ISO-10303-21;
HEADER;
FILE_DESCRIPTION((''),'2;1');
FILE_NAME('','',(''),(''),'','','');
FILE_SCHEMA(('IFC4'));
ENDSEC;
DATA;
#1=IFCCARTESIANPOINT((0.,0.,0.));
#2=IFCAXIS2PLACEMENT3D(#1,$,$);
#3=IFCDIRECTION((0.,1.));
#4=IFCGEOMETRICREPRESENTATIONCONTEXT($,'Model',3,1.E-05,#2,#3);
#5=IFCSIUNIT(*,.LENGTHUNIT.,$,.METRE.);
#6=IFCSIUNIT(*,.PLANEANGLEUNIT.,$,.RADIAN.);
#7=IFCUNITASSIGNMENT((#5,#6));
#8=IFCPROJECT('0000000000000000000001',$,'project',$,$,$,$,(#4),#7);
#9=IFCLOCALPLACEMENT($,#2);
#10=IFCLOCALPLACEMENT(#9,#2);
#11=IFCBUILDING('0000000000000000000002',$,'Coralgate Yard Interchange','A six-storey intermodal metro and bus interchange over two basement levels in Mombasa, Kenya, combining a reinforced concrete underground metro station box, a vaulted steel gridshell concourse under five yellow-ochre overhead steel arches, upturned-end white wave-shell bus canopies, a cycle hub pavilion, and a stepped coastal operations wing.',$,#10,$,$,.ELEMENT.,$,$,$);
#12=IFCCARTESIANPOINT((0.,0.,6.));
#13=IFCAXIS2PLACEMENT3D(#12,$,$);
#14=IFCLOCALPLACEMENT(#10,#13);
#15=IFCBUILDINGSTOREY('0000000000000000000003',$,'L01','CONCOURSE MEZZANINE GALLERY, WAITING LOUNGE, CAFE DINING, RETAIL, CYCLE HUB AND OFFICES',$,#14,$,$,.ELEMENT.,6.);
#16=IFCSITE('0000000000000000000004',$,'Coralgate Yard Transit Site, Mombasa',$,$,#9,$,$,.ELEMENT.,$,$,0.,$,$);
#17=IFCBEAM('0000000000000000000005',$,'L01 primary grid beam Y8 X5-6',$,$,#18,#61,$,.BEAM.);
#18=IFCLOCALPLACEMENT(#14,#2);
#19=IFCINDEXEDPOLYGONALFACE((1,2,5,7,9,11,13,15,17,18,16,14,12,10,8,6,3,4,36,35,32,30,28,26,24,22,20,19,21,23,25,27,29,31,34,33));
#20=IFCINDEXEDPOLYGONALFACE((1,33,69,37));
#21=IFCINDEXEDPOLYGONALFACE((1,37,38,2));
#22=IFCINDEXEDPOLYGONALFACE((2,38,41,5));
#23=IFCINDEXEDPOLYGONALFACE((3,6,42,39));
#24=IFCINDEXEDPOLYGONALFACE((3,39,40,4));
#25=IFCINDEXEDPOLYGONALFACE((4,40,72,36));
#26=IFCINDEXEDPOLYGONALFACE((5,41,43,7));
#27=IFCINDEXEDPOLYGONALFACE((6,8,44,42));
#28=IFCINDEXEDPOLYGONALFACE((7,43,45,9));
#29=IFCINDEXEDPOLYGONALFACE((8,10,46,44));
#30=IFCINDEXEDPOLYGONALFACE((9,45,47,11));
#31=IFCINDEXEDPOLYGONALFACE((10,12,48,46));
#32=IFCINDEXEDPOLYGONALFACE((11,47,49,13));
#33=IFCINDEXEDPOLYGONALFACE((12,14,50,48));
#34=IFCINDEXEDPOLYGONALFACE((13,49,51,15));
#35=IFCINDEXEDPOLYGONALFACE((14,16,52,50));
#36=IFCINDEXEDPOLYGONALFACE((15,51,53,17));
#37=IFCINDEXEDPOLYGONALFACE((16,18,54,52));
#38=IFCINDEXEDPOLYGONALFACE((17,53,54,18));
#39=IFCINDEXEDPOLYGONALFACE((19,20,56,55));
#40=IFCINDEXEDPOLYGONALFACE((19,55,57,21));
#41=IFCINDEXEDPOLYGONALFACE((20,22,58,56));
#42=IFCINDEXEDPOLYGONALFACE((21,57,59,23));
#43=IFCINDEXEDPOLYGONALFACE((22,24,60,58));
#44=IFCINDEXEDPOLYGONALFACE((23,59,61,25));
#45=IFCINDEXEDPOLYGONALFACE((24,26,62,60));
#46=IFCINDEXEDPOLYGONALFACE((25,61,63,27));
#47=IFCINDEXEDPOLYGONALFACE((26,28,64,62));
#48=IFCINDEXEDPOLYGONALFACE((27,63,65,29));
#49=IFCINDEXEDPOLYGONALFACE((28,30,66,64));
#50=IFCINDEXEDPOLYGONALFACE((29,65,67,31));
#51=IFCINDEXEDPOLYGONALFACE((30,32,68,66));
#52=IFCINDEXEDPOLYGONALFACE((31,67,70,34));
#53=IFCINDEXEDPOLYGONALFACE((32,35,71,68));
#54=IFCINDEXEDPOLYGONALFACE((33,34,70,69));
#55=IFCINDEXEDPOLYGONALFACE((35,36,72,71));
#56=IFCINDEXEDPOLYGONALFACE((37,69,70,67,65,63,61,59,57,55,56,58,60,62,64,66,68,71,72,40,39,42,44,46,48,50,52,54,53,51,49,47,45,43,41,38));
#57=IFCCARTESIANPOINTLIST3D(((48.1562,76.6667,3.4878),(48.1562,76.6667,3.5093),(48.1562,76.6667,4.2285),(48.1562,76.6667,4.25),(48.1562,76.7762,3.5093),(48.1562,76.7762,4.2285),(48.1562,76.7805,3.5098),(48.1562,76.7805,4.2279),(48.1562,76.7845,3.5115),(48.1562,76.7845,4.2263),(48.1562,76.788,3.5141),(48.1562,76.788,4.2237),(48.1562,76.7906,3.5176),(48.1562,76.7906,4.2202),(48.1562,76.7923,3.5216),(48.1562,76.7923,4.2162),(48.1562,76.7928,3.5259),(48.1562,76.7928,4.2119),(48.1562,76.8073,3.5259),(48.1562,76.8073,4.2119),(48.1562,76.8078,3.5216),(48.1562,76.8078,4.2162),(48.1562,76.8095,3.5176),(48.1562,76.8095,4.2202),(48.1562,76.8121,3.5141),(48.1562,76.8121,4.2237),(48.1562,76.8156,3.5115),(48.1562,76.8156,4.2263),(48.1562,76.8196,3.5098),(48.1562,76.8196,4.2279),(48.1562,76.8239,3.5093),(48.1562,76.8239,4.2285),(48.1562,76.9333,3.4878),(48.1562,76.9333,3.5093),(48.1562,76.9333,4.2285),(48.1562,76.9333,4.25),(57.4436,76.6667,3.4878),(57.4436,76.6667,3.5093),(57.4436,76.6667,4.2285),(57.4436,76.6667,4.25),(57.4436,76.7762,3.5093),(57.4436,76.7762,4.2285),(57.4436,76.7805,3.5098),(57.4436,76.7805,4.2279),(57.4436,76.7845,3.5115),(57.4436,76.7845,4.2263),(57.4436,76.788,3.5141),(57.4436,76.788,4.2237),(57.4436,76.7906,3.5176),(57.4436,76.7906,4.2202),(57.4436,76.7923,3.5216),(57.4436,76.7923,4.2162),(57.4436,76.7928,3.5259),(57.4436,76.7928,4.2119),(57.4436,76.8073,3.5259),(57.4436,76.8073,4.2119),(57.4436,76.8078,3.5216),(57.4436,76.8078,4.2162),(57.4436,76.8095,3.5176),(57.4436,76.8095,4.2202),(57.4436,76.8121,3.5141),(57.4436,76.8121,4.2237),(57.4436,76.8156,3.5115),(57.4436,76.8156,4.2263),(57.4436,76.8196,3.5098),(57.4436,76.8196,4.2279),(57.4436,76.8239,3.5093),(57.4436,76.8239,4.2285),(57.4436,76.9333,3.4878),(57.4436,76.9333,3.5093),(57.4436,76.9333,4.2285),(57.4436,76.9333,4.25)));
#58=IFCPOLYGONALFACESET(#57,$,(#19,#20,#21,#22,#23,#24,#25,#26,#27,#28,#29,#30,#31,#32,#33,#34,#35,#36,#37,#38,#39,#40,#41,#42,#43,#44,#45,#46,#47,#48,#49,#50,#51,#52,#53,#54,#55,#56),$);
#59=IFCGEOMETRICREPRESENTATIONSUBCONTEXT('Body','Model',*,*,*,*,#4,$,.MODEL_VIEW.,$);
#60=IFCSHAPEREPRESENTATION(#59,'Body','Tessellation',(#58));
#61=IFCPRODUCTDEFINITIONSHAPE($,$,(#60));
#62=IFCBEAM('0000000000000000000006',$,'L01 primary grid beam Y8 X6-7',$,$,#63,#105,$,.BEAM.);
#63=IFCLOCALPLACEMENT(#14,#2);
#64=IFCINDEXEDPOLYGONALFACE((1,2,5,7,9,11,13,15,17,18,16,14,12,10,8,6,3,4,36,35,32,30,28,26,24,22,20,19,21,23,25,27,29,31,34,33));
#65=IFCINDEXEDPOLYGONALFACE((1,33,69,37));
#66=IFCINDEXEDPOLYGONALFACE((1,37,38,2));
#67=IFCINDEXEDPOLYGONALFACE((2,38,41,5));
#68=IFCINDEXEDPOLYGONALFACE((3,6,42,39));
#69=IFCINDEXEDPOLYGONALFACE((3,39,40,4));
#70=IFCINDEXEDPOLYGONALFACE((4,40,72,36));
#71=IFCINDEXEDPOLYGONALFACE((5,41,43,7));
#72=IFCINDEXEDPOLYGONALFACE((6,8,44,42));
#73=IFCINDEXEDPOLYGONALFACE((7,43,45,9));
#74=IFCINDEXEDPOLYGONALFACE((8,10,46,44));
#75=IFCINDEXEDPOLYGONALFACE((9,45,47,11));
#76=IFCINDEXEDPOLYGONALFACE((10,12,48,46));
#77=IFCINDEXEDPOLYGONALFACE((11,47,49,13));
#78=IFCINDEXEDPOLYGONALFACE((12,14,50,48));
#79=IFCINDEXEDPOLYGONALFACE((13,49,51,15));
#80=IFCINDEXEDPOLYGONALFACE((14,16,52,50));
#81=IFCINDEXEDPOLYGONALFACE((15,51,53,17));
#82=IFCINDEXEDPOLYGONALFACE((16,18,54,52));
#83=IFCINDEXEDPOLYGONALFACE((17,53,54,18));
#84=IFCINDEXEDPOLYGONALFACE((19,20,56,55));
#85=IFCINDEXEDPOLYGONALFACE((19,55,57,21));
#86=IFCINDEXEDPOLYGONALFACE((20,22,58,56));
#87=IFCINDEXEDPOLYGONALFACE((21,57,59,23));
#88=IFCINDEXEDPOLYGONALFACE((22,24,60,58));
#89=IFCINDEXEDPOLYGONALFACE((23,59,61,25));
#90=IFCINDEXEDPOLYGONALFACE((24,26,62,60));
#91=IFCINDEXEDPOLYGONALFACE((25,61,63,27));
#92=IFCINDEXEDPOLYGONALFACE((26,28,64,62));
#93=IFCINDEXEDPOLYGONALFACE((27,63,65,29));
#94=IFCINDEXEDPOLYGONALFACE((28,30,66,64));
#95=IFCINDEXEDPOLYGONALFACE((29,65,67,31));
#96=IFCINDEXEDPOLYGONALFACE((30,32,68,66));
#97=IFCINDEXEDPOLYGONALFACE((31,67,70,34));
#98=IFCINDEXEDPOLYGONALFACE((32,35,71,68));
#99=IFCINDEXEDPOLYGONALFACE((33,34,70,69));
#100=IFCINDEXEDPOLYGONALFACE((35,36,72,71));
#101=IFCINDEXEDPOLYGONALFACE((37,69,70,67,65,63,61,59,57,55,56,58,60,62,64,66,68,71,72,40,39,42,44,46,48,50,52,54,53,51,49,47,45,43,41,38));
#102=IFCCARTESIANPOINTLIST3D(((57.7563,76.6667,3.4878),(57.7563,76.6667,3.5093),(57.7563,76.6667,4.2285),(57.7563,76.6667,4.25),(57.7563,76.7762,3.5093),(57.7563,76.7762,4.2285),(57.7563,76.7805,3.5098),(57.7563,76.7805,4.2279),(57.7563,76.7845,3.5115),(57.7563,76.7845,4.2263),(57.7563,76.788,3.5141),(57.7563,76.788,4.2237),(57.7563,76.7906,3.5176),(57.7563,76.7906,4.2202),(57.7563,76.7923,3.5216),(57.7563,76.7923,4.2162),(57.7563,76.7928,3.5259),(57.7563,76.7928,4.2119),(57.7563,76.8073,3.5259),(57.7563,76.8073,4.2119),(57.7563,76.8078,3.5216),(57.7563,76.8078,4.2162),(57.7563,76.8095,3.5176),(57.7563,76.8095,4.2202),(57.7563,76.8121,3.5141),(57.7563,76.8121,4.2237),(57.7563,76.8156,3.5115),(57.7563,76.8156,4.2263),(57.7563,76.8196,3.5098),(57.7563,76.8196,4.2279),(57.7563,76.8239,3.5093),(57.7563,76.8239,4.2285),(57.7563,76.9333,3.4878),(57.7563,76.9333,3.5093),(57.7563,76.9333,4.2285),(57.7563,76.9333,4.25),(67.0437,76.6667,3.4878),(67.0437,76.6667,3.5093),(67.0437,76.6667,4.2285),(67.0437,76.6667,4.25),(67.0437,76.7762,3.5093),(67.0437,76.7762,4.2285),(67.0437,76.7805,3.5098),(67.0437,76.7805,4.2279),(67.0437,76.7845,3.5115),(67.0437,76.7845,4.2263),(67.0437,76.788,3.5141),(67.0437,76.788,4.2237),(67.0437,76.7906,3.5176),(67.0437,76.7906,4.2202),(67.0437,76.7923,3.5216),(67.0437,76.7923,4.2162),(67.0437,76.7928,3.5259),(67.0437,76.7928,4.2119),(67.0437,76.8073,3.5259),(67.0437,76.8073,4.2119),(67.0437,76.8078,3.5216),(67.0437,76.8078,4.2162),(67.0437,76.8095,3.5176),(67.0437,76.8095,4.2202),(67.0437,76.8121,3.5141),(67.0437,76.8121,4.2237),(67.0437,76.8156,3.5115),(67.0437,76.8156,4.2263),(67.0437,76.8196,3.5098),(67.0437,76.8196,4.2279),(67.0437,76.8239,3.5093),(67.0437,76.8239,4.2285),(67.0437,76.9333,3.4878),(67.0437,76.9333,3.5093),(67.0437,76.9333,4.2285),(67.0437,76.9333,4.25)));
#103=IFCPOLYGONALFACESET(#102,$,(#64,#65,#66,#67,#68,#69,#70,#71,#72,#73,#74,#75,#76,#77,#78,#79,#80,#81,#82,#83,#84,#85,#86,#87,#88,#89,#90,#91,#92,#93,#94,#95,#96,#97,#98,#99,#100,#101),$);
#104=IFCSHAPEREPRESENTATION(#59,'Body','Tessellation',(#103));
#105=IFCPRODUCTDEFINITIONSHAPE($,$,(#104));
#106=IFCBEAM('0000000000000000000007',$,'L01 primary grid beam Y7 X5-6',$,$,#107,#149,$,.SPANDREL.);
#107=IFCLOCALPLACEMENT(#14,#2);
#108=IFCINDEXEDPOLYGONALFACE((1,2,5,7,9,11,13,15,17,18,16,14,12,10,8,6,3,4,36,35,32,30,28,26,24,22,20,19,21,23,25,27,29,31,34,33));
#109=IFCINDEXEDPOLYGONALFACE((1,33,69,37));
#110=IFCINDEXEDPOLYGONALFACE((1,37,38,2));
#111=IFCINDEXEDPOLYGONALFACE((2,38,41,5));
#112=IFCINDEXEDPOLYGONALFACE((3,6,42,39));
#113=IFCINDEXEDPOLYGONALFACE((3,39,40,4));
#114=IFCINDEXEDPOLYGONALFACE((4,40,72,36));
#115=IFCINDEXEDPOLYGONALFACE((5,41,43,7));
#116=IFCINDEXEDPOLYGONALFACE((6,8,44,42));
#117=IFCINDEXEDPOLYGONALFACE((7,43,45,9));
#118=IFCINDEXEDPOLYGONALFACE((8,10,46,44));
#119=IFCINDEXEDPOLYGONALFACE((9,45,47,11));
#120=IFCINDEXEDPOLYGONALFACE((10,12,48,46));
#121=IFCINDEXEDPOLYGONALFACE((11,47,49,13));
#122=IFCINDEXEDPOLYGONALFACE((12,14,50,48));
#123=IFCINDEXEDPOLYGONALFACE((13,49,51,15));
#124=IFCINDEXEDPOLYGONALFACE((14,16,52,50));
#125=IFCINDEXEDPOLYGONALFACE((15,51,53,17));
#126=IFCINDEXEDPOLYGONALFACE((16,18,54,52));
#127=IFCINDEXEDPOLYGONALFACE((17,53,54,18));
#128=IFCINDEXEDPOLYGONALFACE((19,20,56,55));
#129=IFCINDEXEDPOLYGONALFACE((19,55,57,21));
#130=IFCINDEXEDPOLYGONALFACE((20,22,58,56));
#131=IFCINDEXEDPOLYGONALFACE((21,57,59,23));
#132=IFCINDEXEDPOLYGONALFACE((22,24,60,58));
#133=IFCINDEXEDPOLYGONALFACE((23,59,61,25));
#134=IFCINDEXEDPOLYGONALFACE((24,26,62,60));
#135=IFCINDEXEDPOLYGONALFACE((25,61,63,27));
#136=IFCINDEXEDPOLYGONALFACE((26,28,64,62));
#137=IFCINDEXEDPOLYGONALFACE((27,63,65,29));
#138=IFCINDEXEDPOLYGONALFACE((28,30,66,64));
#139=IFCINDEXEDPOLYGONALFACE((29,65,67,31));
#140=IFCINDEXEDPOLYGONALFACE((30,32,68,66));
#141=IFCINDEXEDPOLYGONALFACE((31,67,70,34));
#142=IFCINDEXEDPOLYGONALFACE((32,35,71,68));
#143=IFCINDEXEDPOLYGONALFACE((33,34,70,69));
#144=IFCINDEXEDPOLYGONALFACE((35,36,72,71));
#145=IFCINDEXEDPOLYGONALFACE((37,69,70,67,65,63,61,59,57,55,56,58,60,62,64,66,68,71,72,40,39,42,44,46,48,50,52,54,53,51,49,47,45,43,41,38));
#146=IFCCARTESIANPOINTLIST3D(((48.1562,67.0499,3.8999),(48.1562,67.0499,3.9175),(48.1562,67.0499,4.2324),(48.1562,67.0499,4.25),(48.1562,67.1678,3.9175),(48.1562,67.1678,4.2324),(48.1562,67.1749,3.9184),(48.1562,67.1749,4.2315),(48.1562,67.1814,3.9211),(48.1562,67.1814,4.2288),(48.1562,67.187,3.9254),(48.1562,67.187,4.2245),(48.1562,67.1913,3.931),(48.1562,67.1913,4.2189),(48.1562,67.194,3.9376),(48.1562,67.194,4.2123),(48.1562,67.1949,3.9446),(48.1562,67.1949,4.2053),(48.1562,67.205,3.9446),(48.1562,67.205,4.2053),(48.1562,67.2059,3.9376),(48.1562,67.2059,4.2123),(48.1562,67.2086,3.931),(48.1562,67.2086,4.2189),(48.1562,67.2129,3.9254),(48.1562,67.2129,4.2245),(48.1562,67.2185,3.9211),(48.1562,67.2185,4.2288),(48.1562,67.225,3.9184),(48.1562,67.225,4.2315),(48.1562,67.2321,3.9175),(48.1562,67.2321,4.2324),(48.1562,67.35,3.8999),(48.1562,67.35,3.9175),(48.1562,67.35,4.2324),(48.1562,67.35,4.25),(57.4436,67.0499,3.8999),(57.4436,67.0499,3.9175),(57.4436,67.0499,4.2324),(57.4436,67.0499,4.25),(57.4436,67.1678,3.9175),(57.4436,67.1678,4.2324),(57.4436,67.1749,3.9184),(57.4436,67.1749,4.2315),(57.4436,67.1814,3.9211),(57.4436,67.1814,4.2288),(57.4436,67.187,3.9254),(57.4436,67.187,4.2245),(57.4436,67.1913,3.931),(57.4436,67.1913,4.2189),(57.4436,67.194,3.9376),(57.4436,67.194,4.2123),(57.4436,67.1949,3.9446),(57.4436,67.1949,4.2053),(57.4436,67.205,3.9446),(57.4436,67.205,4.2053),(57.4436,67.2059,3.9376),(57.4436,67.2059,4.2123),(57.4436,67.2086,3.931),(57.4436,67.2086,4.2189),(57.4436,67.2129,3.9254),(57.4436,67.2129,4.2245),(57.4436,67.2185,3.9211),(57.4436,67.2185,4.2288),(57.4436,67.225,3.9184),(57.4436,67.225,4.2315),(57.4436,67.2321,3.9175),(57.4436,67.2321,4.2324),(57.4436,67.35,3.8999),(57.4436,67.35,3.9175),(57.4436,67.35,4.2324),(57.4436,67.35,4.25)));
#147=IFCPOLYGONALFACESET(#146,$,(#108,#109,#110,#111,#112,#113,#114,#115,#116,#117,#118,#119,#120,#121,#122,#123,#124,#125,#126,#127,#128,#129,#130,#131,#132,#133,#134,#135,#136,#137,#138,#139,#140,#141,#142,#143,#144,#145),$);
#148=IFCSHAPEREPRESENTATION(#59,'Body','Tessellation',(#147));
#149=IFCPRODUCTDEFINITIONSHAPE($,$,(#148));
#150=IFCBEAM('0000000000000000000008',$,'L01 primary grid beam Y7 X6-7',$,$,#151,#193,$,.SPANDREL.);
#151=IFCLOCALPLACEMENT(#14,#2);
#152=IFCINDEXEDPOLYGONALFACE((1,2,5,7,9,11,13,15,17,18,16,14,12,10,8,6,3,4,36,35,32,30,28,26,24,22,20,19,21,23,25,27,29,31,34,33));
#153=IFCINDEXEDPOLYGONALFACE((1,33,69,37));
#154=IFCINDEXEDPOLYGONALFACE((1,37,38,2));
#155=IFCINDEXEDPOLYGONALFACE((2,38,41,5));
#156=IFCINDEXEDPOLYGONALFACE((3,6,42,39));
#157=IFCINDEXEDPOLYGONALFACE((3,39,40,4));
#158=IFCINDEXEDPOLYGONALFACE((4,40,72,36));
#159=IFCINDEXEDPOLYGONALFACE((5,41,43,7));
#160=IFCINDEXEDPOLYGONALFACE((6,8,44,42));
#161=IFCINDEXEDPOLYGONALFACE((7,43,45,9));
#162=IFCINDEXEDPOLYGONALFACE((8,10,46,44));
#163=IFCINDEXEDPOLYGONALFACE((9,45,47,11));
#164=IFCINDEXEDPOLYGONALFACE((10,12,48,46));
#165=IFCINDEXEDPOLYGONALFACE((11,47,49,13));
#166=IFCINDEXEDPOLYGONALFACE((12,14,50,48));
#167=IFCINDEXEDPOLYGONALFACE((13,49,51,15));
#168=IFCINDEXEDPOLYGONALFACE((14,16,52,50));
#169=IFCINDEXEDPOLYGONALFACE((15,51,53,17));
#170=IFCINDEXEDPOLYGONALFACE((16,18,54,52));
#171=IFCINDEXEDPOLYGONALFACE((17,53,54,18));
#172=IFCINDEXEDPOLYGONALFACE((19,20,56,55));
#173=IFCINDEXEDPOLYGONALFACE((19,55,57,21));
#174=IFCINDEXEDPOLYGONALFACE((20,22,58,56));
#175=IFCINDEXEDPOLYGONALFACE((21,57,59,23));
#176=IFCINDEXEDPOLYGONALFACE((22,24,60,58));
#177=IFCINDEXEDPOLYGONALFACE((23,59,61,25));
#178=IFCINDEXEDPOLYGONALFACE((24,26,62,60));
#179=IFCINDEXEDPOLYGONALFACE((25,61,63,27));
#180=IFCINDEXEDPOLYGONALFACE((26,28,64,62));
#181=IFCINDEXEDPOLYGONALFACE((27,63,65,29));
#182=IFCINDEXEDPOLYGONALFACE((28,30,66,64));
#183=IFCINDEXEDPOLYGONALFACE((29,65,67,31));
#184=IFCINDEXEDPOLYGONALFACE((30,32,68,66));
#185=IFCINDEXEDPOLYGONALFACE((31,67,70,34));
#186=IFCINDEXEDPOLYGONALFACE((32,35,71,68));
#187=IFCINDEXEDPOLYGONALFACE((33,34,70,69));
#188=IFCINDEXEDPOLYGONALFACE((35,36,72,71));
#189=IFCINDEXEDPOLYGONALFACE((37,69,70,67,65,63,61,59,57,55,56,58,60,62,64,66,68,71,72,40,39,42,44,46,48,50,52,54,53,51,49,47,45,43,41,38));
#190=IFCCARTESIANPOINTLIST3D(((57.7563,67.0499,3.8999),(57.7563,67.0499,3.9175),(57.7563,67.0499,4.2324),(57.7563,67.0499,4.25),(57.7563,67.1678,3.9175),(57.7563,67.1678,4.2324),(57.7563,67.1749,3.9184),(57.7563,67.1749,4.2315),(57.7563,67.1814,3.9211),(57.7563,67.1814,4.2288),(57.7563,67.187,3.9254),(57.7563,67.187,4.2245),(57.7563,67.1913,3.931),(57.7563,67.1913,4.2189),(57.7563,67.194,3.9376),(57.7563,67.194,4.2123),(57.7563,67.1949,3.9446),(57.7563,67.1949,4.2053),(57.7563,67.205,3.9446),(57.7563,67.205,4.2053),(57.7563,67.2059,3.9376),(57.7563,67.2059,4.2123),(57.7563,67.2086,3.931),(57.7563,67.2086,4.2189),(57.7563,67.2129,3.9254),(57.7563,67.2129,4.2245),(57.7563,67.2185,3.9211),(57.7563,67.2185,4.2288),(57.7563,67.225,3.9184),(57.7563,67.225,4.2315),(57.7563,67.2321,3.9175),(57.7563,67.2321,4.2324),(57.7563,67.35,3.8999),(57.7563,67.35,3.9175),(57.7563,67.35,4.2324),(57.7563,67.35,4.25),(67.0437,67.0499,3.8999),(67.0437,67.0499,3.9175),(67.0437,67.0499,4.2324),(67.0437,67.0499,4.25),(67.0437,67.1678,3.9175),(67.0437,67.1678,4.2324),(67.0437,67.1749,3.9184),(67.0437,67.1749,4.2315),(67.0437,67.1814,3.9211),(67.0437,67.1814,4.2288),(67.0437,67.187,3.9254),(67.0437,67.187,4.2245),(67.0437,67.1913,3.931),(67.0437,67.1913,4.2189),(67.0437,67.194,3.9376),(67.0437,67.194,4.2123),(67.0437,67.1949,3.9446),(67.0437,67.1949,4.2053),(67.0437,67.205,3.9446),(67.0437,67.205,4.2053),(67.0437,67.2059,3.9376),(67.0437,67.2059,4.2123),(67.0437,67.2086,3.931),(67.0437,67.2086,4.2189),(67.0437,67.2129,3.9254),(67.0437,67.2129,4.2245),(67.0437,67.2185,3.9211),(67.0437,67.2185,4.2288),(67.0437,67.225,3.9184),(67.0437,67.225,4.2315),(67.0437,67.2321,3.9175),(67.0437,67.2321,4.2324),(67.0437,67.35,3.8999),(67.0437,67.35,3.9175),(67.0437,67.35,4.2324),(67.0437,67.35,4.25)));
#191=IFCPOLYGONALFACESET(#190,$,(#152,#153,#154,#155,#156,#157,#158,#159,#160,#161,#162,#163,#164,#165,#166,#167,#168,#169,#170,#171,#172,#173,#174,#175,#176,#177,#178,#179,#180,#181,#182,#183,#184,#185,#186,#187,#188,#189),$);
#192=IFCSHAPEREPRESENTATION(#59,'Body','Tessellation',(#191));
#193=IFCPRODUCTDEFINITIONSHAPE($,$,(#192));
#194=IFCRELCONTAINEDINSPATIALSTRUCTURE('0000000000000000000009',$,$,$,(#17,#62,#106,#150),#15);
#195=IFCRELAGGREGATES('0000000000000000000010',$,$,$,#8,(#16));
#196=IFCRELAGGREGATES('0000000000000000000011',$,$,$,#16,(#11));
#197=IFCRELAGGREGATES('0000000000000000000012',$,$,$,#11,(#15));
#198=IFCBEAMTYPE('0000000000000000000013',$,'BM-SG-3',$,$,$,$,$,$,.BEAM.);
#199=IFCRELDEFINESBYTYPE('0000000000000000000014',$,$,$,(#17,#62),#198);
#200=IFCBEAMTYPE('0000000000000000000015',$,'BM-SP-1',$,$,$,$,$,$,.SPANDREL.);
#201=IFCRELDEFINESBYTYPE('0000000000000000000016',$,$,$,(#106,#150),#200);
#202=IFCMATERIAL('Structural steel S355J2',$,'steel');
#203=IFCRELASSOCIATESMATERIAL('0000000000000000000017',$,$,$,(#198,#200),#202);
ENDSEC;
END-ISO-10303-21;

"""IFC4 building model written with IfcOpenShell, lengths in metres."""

from ifc_helpers import new_model, si_unit, direction, frame, origin, origin_2d, place, context, subcontext, project, spatial, i_section, extrude, material, material_profile, profile_set, type_object, element, save


model = new_model("IFC4")

# Units and contexts
model_context = context("Model", 3, precision=1e-05, world=origin(), true_north=direction((0.0, 1.0)))
body_context = subcontext(model_context, "Body", "Model", "MODEL_VIEW")
ifc_project = project(units=[si_unit("LENGTHUNIT", "METRE"), si_unit("PLANEANGLEUNIT", "RADIAN")], contexts=[model_context])

# Site, building, storey
site_placement = place(None, origin())
site = spatial("IfcSite", under=ifc_project, at=site_placement, Name="Coralgate Yard Transit Site, Mombasa", CompositionType="ELEMENT", RefElevation=0.0)
building_placement = place(site_placement, origin())
building = spatial("IfcBuilding", under=site, at=building_placement, Name="Coralgate Yard Interchange", Description="A six-storey intermodal metro and bus interchange over two basement levels in Mombasa, Kenya, combining a reinforced concrete underground metro station box, a vaulted steel gridshell concourse under five yellow-ochre overhead steel arches, upturned-end white wave-shell bus canopies, a cycle hub pavilion, and a stepped coastal operations wing.", CompositionType="ELEMENT")
storey_placement = place(building_placement, frame((0.0, 0.0, 6.0)))
storey = spatial("IfcBuildingStorey", under=building, at=storey_placement, Name="L01", Description="CONCOURSE MEZZANINE GALLERY, WAITING LOUNGE, CAFE DINING, RETAIL, CYCLE HUB AND OFFICES", CompositionType="ELEMENT", Elevation=6.0)

# Shared definitions
ifc_material_1 = material(Name="Structural steel S355J2", Category="steel")

# Beams
ifc_material_profile_1 = material_profile(ifc_material_1, i_section(OverallWidth=0.2666, OverallDepth=0.7622, WebThickness=0.0144, FlangeThickness=0.0215, FilletRadius=0.0166, at=origin_2d()), Name="UB 762x267x173")
ifc_profile_set_1 = profile_set([ifc_material_profile_1], Name="Structural steel S355J2")
beam_type_1 = type_object("IfcBeamType", Name="BM-SG-3", PredefinedType="BEAM", material=ifc_profile_set_1)
for number, where, z_axis, x_axis, name in (
    (1, (48.1562, 76.8, 3.8689), (1.0, 0.0, 0.0), (0.0, 1.0, 0.0), "L01 primary grid beam Y8 X5-6"),
    (2, (57.7563, 76.8, 3.8689), (1.0, 0.0, 0.0), (0.0, 1.0, 0.0), "L01 primary grid beam Y8 X6-7"),
):
    element("IfcBeam", number, at=place(storey_placement, frame(where, z_axis=z_axis, x_axis=x_axis)), inside=storey, type_object=beam_type_1, Name=name, PredefinedType="BEAM", context=body_context, shape_type="SweptSolid", body=[
        extrude(i_section(OverallWidth=0.2666, OverallDepth=0.7622, WebThickness=0.0144, FlangeThickness=0.0215, FilletRadius=0.0166, at=origin_2d()), origin(), (0.0, 0.0, 1.0), 9.2874),
    ])
ifc_material_profile_2 = material_profile(ifc_material_1, i_section(OverallWidth=0.3, OverallDepth=0.3501, WebThickness=0.01, FlangeThickness=0.0176, FilletRadius=0.0271, at=origin_2d()), Name="HEA 360")
ifc_profile_set_2 = profile_set([ifc_material_profile_2], Name="Structural steel S355J2")
beam_type_2 = type_object("IfcBeamType", Name="BM-SP-1", PredefinedType="SPANDREL", material=ifc_profile_set_2)
for number, where, z_axis, x_axis, name in (
    (3, (48.1562, 67.2, 4.075), (1.0, 0.0, 0.0), (0.0, 1.0, 0.0), "L01 primary grid beam Y7 X5-6"),
    (4, (57.7563, 67.2, 4.075), (1.0, 0.0, 0.0), (0.0, 1.0, 0.0), "L01 primary grid beam Y7 X6-7"),
):
    element("IfcBeam", number, at=place(storey_placement, frame(where, z_axis=z_axis, x_axis=x_axis)), inside=storey, type_object=beam_type_2, Name=name, PredefinedType="SPANDREL", context=body_context, shape_type="SweptSolid", body=[
        extrude(i_section(OverallWidth=0.3, OverallDepth=0.3501, WebThickness=0.01, FlangeThickness=0.0176, FilletRadius=0.0271, at=origin_2d()), origin(), (0.0, 0.0, 1.0), 9.2874),
    ])

save(model, "model.ifc")
